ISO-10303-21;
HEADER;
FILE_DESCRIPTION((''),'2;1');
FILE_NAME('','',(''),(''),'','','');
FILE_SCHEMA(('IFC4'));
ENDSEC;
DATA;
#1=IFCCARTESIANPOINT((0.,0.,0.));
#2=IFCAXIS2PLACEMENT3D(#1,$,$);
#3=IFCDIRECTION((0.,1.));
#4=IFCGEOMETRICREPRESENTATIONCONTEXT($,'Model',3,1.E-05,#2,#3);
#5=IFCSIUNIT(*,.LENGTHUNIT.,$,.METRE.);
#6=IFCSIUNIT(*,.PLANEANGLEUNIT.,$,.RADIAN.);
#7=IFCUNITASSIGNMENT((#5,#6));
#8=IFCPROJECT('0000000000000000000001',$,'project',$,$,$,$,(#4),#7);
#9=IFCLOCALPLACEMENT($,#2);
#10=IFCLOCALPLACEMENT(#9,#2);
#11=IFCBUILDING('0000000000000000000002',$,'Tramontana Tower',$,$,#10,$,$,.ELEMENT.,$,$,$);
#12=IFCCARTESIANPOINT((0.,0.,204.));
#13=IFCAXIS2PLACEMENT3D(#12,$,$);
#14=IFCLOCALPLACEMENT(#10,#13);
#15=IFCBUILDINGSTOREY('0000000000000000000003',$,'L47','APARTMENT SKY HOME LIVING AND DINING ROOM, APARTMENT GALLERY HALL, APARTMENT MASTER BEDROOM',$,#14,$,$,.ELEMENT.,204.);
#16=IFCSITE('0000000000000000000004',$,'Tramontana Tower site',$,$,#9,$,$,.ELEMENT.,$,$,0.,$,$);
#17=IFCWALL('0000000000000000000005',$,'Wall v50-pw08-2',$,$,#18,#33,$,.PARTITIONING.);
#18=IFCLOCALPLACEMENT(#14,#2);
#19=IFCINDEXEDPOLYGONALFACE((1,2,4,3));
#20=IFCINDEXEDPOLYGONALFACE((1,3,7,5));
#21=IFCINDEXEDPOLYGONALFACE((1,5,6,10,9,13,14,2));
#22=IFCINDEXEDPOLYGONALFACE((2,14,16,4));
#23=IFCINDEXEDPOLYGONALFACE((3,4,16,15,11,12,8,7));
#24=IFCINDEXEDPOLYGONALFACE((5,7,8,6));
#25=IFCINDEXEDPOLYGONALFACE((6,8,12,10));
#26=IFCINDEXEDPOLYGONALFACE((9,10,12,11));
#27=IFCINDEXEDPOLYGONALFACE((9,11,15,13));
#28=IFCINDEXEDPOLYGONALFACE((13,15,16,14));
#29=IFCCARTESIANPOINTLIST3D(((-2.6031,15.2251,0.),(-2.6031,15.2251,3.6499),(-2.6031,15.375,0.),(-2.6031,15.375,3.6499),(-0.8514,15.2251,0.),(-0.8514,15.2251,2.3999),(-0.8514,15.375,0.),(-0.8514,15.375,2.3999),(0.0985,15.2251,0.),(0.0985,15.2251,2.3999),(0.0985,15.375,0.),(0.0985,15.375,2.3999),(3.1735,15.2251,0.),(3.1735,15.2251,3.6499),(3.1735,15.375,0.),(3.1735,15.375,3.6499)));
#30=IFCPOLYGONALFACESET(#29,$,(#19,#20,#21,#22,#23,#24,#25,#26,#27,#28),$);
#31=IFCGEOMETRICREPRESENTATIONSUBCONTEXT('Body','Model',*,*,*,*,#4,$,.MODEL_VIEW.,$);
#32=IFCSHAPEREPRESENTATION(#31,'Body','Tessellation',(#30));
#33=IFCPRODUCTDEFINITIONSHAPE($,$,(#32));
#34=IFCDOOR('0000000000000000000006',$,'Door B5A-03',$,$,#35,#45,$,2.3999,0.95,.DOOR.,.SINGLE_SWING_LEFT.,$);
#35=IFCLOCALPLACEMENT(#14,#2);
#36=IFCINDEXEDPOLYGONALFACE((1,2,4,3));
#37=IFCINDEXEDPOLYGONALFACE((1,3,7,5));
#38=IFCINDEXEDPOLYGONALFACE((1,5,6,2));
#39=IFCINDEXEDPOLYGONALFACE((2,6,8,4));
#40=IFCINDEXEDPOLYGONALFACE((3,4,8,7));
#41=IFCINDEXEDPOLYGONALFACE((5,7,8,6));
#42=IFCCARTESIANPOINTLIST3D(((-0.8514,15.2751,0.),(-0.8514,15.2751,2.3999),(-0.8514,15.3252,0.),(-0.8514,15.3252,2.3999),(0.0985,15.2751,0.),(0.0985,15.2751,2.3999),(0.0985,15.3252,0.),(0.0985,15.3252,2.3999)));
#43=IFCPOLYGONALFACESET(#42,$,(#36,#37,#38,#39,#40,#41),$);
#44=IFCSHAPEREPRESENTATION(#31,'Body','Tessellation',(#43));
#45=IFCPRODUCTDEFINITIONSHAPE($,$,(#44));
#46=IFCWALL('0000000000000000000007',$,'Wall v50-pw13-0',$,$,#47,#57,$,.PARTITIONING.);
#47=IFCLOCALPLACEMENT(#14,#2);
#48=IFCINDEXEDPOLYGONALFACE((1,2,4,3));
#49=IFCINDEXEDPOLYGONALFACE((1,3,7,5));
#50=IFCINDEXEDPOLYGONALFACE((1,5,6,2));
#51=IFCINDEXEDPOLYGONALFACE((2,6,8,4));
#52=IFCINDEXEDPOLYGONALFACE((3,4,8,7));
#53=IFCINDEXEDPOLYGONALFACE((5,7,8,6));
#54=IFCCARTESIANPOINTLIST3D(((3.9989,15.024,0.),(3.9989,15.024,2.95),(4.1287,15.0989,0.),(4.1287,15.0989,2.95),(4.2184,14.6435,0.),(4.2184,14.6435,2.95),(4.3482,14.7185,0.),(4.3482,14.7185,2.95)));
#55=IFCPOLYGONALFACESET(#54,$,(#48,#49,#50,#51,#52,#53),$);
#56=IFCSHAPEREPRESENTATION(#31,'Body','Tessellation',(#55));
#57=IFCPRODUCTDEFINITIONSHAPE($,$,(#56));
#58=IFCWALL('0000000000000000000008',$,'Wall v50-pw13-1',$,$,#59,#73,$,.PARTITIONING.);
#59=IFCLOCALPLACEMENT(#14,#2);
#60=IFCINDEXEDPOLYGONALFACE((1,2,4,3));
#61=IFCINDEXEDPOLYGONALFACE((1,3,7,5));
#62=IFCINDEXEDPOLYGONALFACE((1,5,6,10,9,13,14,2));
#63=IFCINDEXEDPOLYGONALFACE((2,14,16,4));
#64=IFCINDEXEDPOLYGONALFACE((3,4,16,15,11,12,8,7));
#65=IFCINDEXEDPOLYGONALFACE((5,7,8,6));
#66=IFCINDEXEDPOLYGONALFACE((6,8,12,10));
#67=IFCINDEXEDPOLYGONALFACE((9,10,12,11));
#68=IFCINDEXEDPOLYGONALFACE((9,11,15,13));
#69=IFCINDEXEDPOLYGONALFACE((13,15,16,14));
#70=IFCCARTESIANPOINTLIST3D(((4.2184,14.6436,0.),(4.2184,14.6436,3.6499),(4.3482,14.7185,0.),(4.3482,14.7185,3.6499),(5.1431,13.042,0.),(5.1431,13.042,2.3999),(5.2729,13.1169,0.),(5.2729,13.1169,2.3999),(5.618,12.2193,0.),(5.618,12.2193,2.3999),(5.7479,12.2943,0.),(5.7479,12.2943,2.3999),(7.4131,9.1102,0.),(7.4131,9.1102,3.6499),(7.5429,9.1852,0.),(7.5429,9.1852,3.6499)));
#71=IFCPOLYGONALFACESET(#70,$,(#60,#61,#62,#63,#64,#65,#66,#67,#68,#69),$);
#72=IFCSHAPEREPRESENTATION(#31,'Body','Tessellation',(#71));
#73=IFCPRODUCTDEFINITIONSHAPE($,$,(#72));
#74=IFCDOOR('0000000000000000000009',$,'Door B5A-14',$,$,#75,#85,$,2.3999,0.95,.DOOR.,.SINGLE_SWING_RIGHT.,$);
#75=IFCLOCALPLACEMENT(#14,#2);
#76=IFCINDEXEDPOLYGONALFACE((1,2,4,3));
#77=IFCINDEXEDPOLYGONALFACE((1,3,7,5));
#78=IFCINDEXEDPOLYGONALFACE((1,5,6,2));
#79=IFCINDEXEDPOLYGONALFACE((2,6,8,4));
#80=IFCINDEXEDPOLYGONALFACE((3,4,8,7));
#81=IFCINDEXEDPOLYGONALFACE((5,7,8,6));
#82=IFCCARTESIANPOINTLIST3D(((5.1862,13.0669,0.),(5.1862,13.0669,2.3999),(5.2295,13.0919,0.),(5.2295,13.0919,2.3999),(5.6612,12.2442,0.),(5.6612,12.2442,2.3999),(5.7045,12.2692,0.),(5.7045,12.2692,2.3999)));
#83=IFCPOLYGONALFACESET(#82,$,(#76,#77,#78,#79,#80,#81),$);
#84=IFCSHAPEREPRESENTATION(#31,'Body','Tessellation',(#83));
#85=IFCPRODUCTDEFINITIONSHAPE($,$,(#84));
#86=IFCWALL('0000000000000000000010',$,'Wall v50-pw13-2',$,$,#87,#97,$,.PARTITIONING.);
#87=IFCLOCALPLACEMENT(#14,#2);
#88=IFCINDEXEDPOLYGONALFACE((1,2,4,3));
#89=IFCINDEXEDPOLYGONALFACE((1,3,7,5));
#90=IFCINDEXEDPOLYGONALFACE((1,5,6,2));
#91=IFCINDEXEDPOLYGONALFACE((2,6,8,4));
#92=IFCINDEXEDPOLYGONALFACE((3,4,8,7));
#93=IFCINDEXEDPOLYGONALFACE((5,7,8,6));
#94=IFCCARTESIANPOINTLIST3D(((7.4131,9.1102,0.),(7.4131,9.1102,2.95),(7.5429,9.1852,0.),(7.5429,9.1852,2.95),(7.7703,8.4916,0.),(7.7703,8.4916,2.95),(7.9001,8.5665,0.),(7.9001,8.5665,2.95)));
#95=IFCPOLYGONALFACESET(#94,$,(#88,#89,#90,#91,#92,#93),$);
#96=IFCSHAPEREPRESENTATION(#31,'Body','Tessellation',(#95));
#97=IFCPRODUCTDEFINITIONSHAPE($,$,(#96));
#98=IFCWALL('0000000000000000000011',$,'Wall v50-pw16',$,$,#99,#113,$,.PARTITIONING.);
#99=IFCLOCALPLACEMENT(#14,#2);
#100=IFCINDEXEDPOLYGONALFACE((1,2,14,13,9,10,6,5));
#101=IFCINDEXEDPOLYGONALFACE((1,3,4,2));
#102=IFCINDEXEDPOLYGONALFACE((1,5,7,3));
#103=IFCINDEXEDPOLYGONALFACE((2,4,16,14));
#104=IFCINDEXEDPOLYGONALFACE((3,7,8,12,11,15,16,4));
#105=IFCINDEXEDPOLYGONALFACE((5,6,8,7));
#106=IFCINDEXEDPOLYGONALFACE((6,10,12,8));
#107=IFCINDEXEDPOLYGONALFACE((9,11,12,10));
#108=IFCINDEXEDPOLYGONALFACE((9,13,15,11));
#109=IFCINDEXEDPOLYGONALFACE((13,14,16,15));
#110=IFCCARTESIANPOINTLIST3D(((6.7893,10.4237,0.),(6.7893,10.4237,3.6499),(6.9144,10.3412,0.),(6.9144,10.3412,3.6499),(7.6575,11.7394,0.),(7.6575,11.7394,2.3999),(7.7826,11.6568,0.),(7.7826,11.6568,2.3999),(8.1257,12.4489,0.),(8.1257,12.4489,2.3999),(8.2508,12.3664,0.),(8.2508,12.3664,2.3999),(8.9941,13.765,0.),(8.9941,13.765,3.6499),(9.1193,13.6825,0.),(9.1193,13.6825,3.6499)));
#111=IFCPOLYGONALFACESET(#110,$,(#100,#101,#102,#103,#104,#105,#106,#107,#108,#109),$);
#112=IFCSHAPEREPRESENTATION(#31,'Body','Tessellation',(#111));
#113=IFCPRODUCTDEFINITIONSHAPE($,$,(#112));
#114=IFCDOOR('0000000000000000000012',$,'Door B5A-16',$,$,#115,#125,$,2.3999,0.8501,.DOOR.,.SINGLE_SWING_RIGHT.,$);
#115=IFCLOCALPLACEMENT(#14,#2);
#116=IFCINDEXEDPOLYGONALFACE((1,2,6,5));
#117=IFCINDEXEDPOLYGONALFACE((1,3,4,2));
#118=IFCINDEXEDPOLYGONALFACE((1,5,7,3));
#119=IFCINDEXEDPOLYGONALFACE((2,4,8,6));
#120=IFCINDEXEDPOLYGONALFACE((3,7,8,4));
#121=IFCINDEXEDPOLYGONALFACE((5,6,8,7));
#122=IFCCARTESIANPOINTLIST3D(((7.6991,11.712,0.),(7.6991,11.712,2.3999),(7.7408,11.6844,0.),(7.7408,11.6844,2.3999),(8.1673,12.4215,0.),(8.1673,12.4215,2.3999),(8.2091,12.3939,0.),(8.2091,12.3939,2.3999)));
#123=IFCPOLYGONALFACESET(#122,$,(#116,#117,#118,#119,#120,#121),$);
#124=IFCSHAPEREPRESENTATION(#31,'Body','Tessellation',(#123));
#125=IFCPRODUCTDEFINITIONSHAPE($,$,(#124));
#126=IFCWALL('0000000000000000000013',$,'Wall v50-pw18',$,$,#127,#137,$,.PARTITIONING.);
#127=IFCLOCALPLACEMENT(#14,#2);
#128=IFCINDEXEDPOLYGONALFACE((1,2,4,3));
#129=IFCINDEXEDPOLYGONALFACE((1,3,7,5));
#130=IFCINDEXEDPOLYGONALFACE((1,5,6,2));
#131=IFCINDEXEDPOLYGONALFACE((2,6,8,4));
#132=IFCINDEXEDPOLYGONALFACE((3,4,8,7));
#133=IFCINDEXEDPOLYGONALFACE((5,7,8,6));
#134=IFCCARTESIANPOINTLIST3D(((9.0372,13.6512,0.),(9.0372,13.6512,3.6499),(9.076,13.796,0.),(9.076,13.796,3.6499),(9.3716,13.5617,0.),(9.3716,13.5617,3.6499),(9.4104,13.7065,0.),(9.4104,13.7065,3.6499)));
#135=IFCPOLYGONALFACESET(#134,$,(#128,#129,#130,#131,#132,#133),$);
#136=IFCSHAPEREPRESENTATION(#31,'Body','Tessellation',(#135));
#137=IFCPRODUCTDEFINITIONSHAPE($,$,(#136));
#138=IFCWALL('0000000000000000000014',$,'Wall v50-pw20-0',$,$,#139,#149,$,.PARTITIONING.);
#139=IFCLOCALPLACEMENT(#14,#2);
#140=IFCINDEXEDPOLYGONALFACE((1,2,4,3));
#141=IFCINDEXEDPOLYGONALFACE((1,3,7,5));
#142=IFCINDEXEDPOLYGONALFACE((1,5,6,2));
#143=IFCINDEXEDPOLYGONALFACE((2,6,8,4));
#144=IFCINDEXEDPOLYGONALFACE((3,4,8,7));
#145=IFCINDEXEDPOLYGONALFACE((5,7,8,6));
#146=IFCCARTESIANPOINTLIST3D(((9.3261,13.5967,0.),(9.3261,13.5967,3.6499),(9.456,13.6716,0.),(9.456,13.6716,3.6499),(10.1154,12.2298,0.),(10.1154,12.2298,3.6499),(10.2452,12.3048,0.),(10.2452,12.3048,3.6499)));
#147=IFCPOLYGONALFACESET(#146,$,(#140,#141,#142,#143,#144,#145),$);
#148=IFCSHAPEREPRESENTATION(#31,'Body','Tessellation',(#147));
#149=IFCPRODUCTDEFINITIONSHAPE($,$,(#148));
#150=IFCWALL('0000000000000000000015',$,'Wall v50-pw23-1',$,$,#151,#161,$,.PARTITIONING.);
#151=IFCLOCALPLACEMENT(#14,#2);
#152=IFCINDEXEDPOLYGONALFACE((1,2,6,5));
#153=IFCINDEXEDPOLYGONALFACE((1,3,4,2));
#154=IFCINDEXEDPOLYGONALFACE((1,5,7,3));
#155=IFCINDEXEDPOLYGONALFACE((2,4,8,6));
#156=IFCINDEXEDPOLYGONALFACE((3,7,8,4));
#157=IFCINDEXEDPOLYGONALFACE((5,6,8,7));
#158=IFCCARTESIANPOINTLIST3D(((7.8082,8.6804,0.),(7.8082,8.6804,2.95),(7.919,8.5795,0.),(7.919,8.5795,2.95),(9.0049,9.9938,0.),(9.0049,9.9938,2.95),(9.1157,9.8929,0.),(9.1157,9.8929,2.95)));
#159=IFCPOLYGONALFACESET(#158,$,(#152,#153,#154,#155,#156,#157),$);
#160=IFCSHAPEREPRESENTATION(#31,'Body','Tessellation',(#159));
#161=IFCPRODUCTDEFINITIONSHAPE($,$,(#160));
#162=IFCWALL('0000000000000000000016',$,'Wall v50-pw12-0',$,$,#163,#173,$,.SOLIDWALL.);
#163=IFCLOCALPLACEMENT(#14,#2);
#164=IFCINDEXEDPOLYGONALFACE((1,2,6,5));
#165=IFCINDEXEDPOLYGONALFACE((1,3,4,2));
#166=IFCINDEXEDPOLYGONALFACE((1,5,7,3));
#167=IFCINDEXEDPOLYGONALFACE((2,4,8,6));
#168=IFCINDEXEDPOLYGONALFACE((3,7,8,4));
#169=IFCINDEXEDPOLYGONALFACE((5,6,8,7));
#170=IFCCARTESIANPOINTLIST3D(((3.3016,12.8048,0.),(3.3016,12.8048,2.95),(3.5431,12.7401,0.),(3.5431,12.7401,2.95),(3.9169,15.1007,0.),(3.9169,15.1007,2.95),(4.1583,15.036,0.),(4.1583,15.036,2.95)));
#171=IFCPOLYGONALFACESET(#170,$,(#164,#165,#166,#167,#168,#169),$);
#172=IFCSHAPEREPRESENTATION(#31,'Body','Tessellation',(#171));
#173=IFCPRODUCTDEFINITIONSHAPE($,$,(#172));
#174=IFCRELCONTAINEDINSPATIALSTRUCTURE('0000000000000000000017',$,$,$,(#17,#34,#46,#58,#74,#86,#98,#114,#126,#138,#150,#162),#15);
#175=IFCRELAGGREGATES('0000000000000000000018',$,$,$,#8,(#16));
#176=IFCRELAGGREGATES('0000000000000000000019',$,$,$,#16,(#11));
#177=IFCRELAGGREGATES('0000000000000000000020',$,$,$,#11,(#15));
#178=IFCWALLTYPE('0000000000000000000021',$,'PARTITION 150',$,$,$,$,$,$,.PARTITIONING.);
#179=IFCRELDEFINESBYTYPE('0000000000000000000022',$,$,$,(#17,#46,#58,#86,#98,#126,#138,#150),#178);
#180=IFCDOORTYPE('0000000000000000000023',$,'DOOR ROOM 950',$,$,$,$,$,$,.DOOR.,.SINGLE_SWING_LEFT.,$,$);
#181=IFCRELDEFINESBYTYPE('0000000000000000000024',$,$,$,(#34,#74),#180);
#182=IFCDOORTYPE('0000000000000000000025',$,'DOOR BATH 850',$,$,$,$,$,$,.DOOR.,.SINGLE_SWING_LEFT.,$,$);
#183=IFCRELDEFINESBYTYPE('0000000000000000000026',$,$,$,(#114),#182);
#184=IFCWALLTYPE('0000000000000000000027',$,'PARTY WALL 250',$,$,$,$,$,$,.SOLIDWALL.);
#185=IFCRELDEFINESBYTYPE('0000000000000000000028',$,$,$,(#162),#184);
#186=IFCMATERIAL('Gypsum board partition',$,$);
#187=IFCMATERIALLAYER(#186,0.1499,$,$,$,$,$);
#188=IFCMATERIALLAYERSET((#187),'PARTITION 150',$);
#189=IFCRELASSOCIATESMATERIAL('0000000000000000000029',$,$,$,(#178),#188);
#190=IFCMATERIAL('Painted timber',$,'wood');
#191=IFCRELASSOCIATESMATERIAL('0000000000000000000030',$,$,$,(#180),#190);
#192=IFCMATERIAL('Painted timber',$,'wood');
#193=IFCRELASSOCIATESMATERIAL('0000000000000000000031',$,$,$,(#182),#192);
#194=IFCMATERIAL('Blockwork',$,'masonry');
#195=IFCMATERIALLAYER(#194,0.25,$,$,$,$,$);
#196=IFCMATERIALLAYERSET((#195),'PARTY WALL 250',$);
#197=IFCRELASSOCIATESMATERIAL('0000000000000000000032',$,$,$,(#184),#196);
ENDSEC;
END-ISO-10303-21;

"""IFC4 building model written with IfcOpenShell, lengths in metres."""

from ifc_helpers import new_model, si_unit, direction, frame, frame_2d, origin, place, context, subcontext, project, spatial, rectangle, extrude, material, layer, layer_set, type_object, element, fill, save


model = new_model("IFC4")

# Units and contexts
model_context = context("Model", 3, precision=1e-05, world=origin(), true_north=direction((0.0, 1.0)))
body_context = subcontext(model_context, "Body", "Model", "MODEL_VIEW")
ifc_project = project(units=[si_unit("LENGTHUNIT", "METRE"), si_unit("PLANEANGLEUNIT", "RADIAN")], contexts=[model_context])

# Site, building, storey
site_placement = place(None, origin())
site = spatial("IfcSite", under=ifc_project, at=site_placement, Name="Tramontana Tower site", CompositionType="ELEMENT", RefElevation=0.0)
building_placement = place(site_placement, origin())
building = spatial("IfcBuilding", under=site, at=building_placement, Name="Tramontana Tower", CompositionType="ELEMENT")
storey_placement = place(building_placement, frame((0.0, 0.0, 204.0)))
storey = spatial("IfcBuildingStorey", under=building, at=storey_placement, Name="L47", Description="APARTMENT SKY HOME LIVING AND DINING ROOM, APARTMENT GALLERY HALL, APARTMENT MASTER BEDROOM", CompositionType="ELEMENT", Elevation=204.0)

# Wall, opening, door
ifc_material_1 = material(Name="Gypsum board partition")
ifc_layer_1 = layer(ifc_material_1, 0.1499)
ifc_layer_set_1 = layer_set([ifc_layer_1], Name="PARTITION 150")
wall_type_1 = type_object("IfcWallType", Name="PARTITION 150", PredefinedType="PARTITIONING", material=ifc_layer_set_1)
wall_1_placement = place(storey_placement, frame((3.1733, 15.3, 0.0), z_axis=(0.0, 0.0, 1.0), x_axis=(-1.0, 0.0, 0.0)))
wall_1 = element("IfcWall", 1, at=wall_1_placement, inside=storey, type_object=wall_type_1, Name="Wall v50-pw08-2", PredefinedType="PARTITIONING", context=body_context, shape_type="SweptSolid", body=[
    extrude(rectangle(XDim=5.7766, YDim=0.1499, at=frame_2d((2.8882, 0.0))), origin(), (0.0, 0.0, 1.0), 3.6499),
])
opening_1_placement = place(wall_1_placement, frame((3.0747, 0.0, 0.0)))
opening_1 = element("IfcOpeningElement", 2, at=opening_1_placement, cuts=wall_1, PredefinedType="OPENING", context=body_context, shape_type="SweptSolid", body=[
    extrude(rectangle(XDim=0.95, YDim=2.3999, at=frame_2d((0.4751, 1.2))), frame((0.0, 0.085, 0.0), z_axis=(0.0, -1.0, 0.0), x_axis=(1.0, 0.0, 0.0)), (0.0, 0.0, 1.0), 0.1699),
])
ifc_material_2 = material(Name="Painted timber", Category="wood")
door_type_1 = type_object("IfcDoorType", Name="DOOR ROOM 950", OperationType="SINGLE_SWING_LEFT", PredefinedType="DOOR", material=ifc_material_2)
door_1_placement = place(opening_1_placement, origin())
door_1 = element("IfcDoor", 3, at=door_1_placement, inside=storey, type_object=door_type_1, Name="Door B5A-03", OperationType="SINGLE_SWING_LEFT", OverallHeight=2.3999, OverallWidth=0.95, PredefinedType="DOOR", context=body_context, shape_type="SweptSolid", body=[
    extrude(rectangle(XDim=0.95, YDim=2.3999, at=frame_2d((0.4751, 1.2))), frame((0.0, 0.0249, 0.0), z_axis=(0.0, -1.0, 0.0), x_axis=(1.0, 0.0, 0.0)), (0.0, 0.0, 1.0), 0.05),
])
fill(opening_1, door_1)

# Wall
wall_2_placement = place(storey_placement, frame((4.0637, 15.0615, 0.0), z_axis=(0.0, 0.0, 1.0), x_axis=(0.499787, -0.866149, 0.0)))
element("IfcWall", 4, at=wall_2_placement, inside=storey, type_object=wall_type_1, Name="Wall v50-pw13-0", PredefinedType="PARTITIONING", context=body_context, shape_type="SweptSolid", body=[
    extrude(rectangle(XDim=0.4392, YDim=0.1499, at=frame_2d((0.2197, 0.0))), origin(), (0.0, 0.0, 1.0), 2.95),
])

# Wall, opening, door
wall_3_placement = place(storey_placement, frame((4.2832, 14.6812, 0.0), z_axis=(0.0, 0.0, 1.0), x_axis=(0.50001, -0.86602, 0.0)))
wall_3 = element("IfcWall", 5, at=wall_3_placement, inside=storey, type_object=wall_type_1, Name="Wall v50-pw13-1", PredefinedType="PARTITIONING", context=body_context, shape_type="SweptSolid", body=[
    extrude(rectangle(XDim=6.3894, YDim=0.1499, at=frame_2d((3.1948, 0.0))), origin(), (0.0, 0.0, 1.0), 3.6499),
])
opening_2_placement = place(wall_3_placement, frame((1.8494, 0.0, 0.0)))
opening_2 = element("IfcOpeningElement", 6, at=opening_2_placement, cuts=wall_3, PredefinedType="OPENING", context=body_context, shape_type="SweptSolid", body=[
    extrude(rectangle(XDim=0.95, YDim=2.3999, at=frame_2d((0.4751, 1.2))), frame((0.0, 0.085, 0.0), z_axis=(0.0, -1.0, 0.0), x_axis=(1.0, 0.0, 0.0)), (0.0, 0.0, 1.0), 0.1699),
])
door_2_placement = place(opening_2_placement, origin())
door_2 = element("IfcDoor", 7, at=door_2_placement, inside=storey, type_object=door_type_1, Name="Door B5A-14", OperationType="SINGLE_SWING_RIGHT", OverallHeight=2.3999, OverallWidth=0.95, PredefinedType="DOOR", context=body_context, shape_type="SweptSolid", body=[
    extrude(rectangle(XDim=0.95, YDim=2.3999, at=frame_2d((0.4751, 1.2))), frame((0.0, 0.0249, 0.0), z_axis=(0.0, -1.0, 0.0), x_axis=(1.0, 0.0, 0.0)), (0.0, 0.0, 1.0), 0.05),
])
fill(opening_2, door_2)

# Wall
wall_4_placement = place(storey_placement, frame((7.478, 9.1477, 0.0), z_axis=(0.0, 0.0, 1.0), x_axis=(0.499999, -0.866026, 0.0)))
element("IfcWall", 8, at=wall_4_placement, inside=storey, type_object=wall_type_1, Name="Wall v50-pw13-2", PredefinedType="PARTITIONING", context=body_context, shape_type="SweptSolid", body=[
    extrude(rectangle(XDim=0.7144, YDim=0.1499, at=frame_2d((0.3572, 0.0))), origin(), (0.0, 0.0, 1.0), 2.95),
])

# Wall, opening, door
wall_5_placement = place(storey_placement, frame((9.0566, 13.7236, 0.0), z_axis=(0.0, 0.0, 1.0), x_axis=(-0.550767, -0.834659, 0.0)))
wall_5 = element("IfcWall", 9, at=wall_5_placement, inside=storey, type_object=wall_type_1, Name="Wall v50-pw16", PredefinedType="PARTITIONING", context=body_context, shape_type="SweptSolid", body=[
    extrude(rectangle(XDim=4.0032, YDim=0.1499, at=frame_2d((2.0015, 0.0))), origin(), (0.0, 0.0, 1.0), 3.6499),
])
opening_3_placement = place(wall_5_placement, frame((1.5767, 0.0, 0.0)))
opening_3 = element("IfcOpeningElement", 10, at=opening_3_placement, cuts=wall_5, PredefinedType="OPENING", context=body_context, shape_type="SweptSolid", body=[
    extrude(rectangle(XDim=0.8501, YDim=2.3999, at=frame_2d((0.425, 1.2))), frame((0.0, 0.085, 0.0), z_axis=(0.0, -1.0, 0.0), x_axis=(1.0, 0.0, 0.0)), (0.0, 0.0, 1.0), 0.1699),
])
ifc_material_3 = material(Name="Painted timber", Category="wood")
door_type_2 = type_object("IfcDoorType", Name="DOOR BATH 850", OperationType="SINGLE_SWING_LEFT", PredefinedType="DOOR", material=ifc_material_3)
door_3_placement = place(opening_3_placement, origin())
door_3 = element("IfcDoor", 11, at=door_3_placement, inside=storey, type_object=door_type_2, Name="Door B5A-16", OperationType="SINGLE_SWING_RIGHT", OverallHeight=2.3999, OverallWidth=0.8501, PredefinedType="DOOR", context=body_context, shape_type="SweptSolid", body=[
    extrude(rectangle(XDim=0.8501, YDim=2.3999, at=frame_2d((0.425, 1.2))), frame((0.0, 0.0249, 0.0), z_axis=(0.0, -1.0, 0.0), x_axis=(1.0, 0.0, 0.0)), (0.0, 0.0, 1.0), 0.05),
])
fill(opening_3, door_3)

# Walls
wall_6_placement = place(storey_placement, frame((9.0566, 13.7236, 0.0), z_axis=(0.0, 0.0, 1.0), x_axis=(0.965942, -0.25876, 0.0)))
element("IfcWall", 12, at=wall_6_placement, inside=storey, type_object=wall_type_1, Name="Wall v50-pw18", PredefinedType="PARTITIONING", context=body_context, shape_type="SweptSolid", body=[
    extrude(rectangle(XDim=0.3462, YDim=0.1499, at=frame_2d((0.1731, 0.0))), origin(), (0.0, 0.0, 1.0), 3.6499),
])
wall_7_placement = place(storey_placement, frame((9.3911, 13.634, 0.0), z_axis=(0.0, 0.0, 1.0), x_axis=(0.500048, -0.865998, 0.0)))
element("IfcWall", 13, at=wall_7_placement, inside=storey, type_object=wall_type_1, Name="Wall v50-pw20-0", PredefinedType="PARTITIONING", context=body_context, shape_type="SweptSolid", body=[
    extrude(rectangle(XDim=1.5784, YDim=0.1499, at=frame_2d((0.7891, 0.0))), origin(), (0.0, 0.0, 1.0), 3.6499),
])

# Walls
wall_8_placement = place(storey_placement, frame((9.0603, 9.9434, 0.0), z_axis=(0.0, 0.0, 1.0), x_axis=(-0.673507, -0.739181, 0.0)))
element("IfcWall", 14, at=wall_8_placement, inside=storey, type_object=wall_type_1, Name="Wall v50-pw23-1", PredefinedType="PARTITIONING", context=body_context, shape_type="SweptSolid", body=[
    extrude(rectangle(XDim=1.7769, YDim=0.1499, at=frame_2d((0.8884, 0.0))), origin(), (0.0, 0.0, 1.0), 2.95),
])
ifc_material_4 = material(Name="Blockwork", Category="masonry")
ifc_layer_2 = layer(ifc_material_4, 0.25)
ifc_layer_set_2 = layer_set([ifc_layer_2], Name="PARTY WALL 250")
wall_type_2 = type_object("IfcWallType", Name="PARTY WALL 250", PredefinedType="SOLIDWALL", material=ifc_layer_set_2)
wall_9_placement = place(storey_placement, frame((4.0376, 15.0684, 0.0), z_axis=(0.0, 0.0, 1.0), x_axis=(-0.258839, -0.965921, 0.0)))
element("IfcWall", 15, at=wall_9_placement, inside=storey, type_object=wall_type_2, Name="Wall v50-pw12-0", PredefinedType="SOLIDWALL", context=body_context, shape_type="SweptSolid", body=[
    extrude(rectangle(XDim=2.377, YDim=0.25, at=frame_2d((1.1885, 0.0))), origin(), (0.0, 0.0, 1.0), 2.95),
])

save(model, "model.ifc")
